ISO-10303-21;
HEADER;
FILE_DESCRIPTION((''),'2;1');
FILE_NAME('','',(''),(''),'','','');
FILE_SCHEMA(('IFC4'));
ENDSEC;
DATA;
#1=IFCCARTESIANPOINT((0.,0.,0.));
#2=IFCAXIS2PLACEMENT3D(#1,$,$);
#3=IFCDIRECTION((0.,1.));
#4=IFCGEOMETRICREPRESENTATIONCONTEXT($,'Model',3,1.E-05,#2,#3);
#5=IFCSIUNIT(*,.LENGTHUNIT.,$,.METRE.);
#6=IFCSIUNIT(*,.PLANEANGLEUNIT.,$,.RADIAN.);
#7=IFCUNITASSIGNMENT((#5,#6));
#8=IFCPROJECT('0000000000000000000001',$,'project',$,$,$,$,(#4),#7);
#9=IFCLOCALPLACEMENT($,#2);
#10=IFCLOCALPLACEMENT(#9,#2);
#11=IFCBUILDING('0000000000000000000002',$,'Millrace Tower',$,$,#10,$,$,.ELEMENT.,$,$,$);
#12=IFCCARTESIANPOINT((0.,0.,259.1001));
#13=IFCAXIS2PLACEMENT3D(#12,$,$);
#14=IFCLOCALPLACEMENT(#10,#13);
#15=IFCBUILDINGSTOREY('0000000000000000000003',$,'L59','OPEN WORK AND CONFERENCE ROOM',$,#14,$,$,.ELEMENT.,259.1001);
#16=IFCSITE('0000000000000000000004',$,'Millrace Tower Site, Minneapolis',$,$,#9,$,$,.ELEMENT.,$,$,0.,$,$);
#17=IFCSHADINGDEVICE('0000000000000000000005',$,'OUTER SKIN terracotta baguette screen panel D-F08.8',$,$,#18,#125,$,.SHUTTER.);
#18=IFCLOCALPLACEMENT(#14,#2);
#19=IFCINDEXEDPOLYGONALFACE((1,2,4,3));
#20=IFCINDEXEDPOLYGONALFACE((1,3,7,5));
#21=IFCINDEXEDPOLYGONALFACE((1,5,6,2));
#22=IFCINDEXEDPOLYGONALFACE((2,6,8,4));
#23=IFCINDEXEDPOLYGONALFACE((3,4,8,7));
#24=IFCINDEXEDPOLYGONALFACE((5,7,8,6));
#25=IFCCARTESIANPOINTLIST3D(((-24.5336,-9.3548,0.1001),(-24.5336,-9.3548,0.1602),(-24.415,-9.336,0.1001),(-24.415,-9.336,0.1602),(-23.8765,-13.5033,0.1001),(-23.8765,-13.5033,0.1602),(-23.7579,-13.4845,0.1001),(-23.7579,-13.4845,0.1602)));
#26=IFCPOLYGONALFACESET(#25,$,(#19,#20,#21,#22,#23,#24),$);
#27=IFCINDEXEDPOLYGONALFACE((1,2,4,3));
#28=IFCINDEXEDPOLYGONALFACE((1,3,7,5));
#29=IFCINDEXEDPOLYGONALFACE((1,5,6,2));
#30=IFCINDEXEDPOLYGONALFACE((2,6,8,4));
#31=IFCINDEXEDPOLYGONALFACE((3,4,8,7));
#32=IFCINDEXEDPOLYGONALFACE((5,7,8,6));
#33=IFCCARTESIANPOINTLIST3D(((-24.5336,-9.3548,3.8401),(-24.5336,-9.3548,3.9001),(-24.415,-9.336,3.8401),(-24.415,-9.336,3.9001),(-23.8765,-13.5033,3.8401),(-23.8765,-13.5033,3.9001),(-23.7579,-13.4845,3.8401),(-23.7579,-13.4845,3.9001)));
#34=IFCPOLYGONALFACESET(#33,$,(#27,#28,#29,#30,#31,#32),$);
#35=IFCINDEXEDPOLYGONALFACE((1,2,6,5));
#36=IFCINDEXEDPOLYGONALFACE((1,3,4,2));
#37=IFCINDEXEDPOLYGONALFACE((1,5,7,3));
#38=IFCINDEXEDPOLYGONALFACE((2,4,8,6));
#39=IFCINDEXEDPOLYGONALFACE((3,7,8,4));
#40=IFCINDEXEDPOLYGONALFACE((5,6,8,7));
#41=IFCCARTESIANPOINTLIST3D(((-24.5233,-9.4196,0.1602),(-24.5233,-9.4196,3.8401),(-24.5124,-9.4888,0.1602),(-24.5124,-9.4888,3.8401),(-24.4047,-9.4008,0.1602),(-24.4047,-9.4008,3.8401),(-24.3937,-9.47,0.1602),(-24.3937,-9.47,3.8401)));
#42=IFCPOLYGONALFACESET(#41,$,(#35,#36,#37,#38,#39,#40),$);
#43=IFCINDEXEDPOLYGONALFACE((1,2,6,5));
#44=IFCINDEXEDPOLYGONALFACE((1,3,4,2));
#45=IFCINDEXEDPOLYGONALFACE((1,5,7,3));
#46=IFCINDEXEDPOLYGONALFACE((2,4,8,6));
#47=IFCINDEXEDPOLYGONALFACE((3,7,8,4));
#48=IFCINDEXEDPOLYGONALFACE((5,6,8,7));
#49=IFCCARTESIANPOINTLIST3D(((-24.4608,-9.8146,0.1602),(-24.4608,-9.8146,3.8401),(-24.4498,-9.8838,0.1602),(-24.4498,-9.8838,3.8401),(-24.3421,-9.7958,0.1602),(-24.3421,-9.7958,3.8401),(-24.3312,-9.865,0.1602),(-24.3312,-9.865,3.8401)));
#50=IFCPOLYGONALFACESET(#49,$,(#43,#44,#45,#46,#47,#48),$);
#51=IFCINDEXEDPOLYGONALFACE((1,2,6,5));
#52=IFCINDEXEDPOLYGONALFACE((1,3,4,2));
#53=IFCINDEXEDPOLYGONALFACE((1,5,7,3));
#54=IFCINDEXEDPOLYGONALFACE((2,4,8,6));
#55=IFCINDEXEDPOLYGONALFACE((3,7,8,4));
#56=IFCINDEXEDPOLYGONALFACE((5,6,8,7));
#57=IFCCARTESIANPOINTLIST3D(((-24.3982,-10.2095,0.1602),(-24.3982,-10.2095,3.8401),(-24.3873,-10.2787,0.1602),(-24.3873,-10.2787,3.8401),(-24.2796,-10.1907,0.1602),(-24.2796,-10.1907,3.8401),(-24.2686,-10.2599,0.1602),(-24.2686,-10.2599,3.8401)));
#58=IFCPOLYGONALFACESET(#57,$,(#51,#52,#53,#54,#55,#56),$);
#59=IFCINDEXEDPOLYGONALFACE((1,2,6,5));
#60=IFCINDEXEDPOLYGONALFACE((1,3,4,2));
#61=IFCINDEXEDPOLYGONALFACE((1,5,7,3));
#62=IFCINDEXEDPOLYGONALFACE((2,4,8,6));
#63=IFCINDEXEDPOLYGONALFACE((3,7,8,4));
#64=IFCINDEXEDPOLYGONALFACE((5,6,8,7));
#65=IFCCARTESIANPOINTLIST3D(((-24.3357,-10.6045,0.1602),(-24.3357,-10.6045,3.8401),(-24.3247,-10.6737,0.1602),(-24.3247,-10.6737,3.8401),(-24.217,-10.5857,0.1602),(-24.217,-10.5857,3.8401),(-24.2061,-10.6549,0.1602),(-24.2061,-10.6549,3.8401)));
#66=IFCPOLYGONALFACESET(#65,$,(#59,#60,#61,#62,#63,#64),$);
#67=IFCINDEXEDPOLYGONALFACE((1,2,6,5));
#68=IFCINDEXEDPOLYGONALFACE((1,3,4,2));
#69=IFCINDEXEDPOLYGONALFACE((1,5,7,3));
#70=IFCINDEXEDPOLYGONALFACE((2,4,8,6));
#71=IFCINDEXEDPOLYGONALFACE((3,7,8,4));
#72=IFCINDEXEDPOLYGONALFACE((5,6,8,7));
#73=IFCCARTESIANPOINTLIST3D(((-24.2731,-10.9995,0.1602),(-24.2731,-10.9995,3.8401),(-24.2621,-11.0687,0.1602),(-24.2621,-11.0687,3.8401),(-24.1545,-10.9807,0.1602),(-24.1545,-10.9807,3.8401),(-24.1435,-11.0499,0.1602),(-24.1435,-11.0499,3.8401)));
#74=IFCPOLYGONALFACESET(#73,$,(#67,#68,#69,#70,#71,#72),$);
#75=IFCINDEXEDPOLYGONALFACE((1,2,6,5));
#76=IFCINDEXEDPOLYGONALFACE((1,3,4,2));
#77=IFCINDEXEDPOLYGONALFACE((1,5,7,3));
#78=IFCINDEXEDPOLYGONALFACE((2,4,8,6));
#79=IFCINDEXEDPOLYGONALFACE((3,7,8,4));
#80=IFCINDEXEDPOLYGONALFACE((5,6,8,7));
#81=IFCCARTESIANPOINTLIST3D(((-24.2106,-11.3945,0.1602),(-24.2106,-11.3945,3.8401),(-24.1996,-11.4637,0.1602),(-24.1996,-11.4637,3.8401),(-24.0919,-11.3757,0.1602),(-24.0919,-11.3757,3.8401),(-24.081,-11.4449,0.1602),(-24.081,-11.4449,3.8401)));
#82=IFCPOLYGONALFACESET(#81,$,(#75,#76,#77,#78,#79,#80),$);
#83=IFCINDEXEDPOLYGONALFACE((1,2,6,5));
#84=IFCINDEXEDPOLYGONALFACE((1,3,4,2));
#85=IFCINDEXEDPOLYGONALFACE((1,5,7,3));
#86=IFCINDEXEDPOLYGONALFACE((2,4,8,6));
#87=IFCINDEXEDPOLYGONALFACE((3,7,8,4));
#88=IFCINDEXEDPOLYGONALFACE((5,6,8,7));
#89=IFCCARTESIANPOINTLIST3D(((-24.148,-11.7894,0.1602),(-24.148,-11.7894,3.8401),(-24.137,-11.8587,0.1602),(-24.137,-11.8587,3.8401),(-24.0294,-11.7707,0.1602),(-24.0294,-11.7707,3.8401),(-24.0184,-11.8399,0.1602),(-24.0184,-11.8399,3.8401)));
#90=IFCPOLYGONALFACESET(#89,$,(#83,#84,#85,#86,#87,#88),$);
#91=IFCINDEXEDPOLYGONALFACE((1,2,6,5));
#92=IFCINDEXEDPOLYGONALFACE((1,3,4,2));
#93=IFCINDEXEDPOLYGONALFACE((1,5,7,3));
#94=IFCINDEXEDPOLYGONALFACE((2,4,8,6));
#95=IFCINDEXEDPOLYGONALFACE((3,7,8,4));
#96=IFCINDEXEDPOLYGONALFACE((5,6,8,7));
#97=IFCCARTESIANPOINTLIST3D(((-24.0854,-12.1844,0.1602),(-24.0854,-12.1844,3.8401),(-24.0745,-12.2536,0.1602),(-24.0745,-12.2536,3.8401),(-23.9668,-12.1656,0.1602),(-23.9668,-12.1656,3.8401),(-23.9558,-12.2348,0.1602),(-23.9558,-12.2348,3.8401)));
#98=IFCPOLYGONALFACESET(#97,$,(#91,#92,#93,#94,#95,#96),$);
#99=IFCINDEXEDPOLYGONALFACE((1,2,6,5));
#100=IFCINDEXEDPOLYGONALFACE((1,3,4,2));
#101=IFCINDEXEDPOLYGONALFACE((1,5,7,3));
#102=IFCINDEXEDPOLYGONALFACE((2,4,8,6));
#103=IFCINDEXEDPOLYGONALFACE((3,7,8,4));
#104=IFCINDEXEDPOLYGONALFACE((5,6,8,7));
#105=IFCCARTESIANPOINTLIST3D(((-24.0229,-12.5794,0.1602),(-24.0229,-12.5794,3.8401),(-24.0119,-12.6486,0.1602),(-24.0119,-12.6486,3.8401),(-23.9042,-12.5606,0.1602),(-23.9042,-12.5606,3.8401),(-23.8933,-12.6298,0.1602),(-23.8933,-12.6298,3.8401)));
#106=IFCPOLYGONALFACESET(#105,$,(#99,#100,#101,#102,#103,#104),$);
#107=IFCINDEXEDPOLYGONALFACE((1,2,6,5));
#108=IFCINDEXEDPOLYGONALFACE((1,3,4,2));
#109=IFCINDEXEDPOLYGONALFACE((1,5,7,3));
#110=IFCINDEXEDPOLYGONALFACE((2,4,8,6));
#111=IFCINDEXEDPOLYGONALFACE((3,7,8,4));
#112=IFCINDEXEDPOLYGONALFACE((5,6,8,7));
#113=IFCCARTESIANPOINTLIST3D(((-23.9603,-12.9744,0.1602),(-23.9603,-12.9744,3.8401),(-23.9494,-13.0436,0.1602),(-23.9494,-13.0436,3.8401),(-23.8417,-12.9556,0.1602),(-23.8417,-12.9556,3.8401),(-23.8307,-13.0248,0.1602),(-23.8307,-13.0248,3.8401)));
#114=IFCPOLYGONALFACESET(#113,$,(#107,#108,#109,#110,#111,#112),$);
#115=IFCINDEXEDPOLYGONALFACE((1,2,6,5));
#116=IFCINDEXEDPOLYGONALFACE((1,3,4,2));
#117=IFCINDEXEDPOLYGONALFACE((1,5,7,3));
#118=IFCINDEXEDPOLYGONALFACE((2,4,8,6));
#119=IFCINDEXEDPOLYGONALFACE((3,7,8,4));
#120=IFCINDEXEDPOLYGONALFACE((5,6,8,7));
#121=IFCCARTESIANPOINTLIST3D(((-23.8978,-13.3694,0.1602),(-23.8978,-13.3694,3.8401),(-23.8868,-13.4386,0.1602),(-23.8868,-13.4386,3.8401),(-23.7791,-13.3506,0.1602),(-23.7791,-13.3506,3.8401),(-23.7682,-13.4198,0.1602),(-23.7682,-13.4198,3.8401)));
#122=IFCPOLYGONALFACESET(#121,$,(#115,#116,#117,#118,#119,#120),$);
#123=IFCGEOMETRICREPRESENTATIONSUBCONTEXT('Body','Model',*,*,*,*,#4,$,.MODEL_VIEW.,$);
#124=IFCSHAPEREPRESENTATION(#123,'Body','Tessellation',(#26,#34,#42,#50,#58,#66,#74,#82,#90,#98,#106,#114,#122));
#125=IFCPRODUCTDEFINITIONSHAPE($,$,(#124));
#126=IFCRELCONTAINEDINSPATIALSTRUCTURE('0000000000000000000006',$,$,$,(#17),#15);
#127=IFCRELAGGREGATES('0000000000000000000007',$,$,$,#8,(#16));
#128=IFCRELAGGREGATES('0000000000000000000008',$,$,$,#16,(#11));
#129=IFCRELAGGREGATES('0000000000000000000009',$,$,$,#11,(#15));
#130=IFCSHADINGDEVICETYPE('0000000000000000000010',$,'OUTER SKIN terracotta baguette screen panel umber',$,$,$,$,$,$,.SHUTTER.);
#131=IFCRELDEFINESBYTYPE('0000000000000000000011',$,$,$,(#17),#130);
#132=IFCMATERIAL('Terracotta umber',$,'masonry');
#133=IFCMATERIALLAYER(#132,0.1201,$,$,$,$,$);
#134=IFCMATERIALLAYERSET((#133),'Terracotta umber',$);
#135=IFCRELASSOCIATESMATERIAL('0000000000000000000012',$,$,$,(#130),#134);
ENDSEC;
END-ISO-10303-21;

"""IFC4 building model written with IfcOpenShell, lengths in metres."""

from ifc_helpers import new_model, entity, si_unit, direction, frame, frame_2d, origin, origin_2d, place, context, subcontext, project, spatial, rectangle, extrude, source, transform, mapped, material, layer, layer_set, type_object, element, save


model = new_model("IFC4")

# Units and contexts
model_context = context("Model", 3, precision=1e-05, world=origin(), true_north=direction((0.0, 1.0)))
body_context = subcontext(model_context, "Body", "Model", "MODEL_VIEW")
ifc_project = project(units=[si_unit("LENGTHUNIT", "METRE"), si_unit("PLANEANGLEUNIT", "RADIAN")], contexts=[model_context])

# Site, building, storey
site_placement = place(None, origin())
site = spatial("IfcSite", under=ifc_project, at=site_placement, Name="Millrace Tower Site, Minneapolis", CompositionType="ELEMENT", RefElevation=0.0)
building_placement = place(site_placement, origin())
building = spatial("IfcBuilding", under=site, at=building_placement, Name="Millrace Tower", CompositionType="ELEMENT")
storey_placement = place(building_placement, frame((0.0, 0.0, 259.1001)))
storey = spatial("IfcBuildingStorey", under=building, at=storey_placement, Name="L59", Description="OPEN WORK AND CONFERENCE ROOM", CompositionType="ELEMENT", Elevation=259.1001)

# Shading device
ifc_material_1 = material(Name="Terracotta umber", Category="masonry")
ifc_layer_1 = layer(ifc_material_1, 0.1201)
ifc_layer_set_1 = layer_set([ifc_layer_1], Name="Terracotta umber")
shading_device_type = type_object("IfcShadingDeviceType", Name="OUTER SKIN terracotta baguette screen panel umber", PredefinedType="SHUTTER", material=ifc_layer_set_1)
cartesian_point = entity("IfcCartesianPoint", [-2.1001, 0.0601])
shared_polyline = entity("IfcPolyline", [cartesian_point, entity("IfcCartesianPoint", [2.1001, 0.0601]), entity("IfcCartesianPoint", [2.1001, -0.0601]), entity("IfcCartesianPoint", [-2.1001, -0.0601]), cartesian_point])
shared_shape = source(origin(), body_context, "Body", "SweptSolid", [
    entity("IfcExtrudedAreaSolid", entity("IfcArbitraryClosedProfileDef", "AREA", None, shared_polyline), entity("IfcAxis2Placement3D", entity("IfcCartesianPoint", [0.0, 0.0, 0.0])), entity("IfcDirection", [0.0, 0.0, 1.0]), 0.0601),
    entity("IfcExtrudedAreaSolid", entity("IfcArbitraryClosedProfileDef", "AREA", None, shared_polyline), entity("IfcAxis2Placement3D", entity("IfcCartesianPoint", [0.0, 0.0, 3.74])), entity("IfcDirection", [0.0, 0.0, 1.0]), 0.0601),
    extrude(rectangle(XDim=0.0701, YDim=0.1201, at=frame_2d((-1.9995, 0.0))), frame((0.0, 0.0, 0.0601)), (0.0, 0.0, 1.0), 3.6799),
    extrude(rectangle(XDim=0.0701, YDim=0.1201, at=frame_2d((-1.5996, 0.0))), frame((0.0, 0.0, 0.0601)), (0.0, 0.0, 1.0), 3.6799),
    extrude(rectangle(XDim=0.0701, YDim=0.1201, at=frame_2d((-1.1997, 0.0))), frame((0.0, 0.0, 0.0601)), (0.0, 0.0, 1.0), 3.6799),
    extrude(rectangle(XDim=0.0701, YDim=0.1201, at=frame_2d((-0.7998, 0.0))), frame((0.0, 0.0, 0.0601)), (0.0, 0.0, 1.0), 3.6799),
    extrude(rectangle(XDim=0.0701, YDim=0.1201, at=frame_2d((-0.3999, 0.0))), frame((0.0, 0.0, 0.0601)), (0.0, 0.0, 1.0), 3.6799),
    extrude(rectangle(XDim=0.0701, YDim=0.1201, at=origin_2d()), frame((0.0, 0.0, 0.0601)), (0.0, 0.0, 1.0), 3.6799),
    extrude(rectangle(XDim=0.0701, YDim=0.1201, at=frame_2d((0.3999, 0.0))), frame((0.0, 0.0, 0.0601)), (0.0, 0.0, 1.0), 3.6799),
    extrude(rectangle(XDim=0.0701, YDim=0.1201, at=frame_2d((0.7998, 0.0))), frame((0.0, 0.0, 0.0601)), (0.0, 0.0, 1.0), 3.6799),
    extrude(rectangle(XDim=0.0701, YDim=0.1201, at=frame_2d((1.1997, 0.0))), frame((0.0, 0.0, 0.0601)), (0.0, 0.0, 1.0), 3.6799),
    extrude(rectangle(XDim=0.0701, YDim=0.1201, at=frame_2d((1.5996, 0.0))), frame((0.0, 0.0, 0.0601)), (0.0, 0.0, 1.0), 3.6799),
    extrude(rectangle(XDim=0.0701, YDim=0.1201, at=frame_2d((1.9995, 0.0))), frame((0.0, 0.0, 0.0601)), (0.0, 0.0, 1.0), 3.6799),
])
for number, where, z_axis, x_axis, name in (
    (1, (-24.1458, -11.4197, 0.1001), (0.0, 0.0, 1.0), (0.156434, -0.987688, 0.0), "OUTER SKIN terracotta baguette screen panel D-F08.8"),
):
    element("IfcShadingDevice", number, at=place(storey_placement, frame(where, z_axis=z_axis, x_axis=x_axis)), inside=storey, type_object=shading_device_type, Name=name, PredefinedType="SHUTTER", context=body_context, shape_type="MappedRepresentation", body=[
        mapped(shared_shape, transform((0.0, 0.0, 0.0), scale=1.0)),
    ])

save(model, "model.ifc")
